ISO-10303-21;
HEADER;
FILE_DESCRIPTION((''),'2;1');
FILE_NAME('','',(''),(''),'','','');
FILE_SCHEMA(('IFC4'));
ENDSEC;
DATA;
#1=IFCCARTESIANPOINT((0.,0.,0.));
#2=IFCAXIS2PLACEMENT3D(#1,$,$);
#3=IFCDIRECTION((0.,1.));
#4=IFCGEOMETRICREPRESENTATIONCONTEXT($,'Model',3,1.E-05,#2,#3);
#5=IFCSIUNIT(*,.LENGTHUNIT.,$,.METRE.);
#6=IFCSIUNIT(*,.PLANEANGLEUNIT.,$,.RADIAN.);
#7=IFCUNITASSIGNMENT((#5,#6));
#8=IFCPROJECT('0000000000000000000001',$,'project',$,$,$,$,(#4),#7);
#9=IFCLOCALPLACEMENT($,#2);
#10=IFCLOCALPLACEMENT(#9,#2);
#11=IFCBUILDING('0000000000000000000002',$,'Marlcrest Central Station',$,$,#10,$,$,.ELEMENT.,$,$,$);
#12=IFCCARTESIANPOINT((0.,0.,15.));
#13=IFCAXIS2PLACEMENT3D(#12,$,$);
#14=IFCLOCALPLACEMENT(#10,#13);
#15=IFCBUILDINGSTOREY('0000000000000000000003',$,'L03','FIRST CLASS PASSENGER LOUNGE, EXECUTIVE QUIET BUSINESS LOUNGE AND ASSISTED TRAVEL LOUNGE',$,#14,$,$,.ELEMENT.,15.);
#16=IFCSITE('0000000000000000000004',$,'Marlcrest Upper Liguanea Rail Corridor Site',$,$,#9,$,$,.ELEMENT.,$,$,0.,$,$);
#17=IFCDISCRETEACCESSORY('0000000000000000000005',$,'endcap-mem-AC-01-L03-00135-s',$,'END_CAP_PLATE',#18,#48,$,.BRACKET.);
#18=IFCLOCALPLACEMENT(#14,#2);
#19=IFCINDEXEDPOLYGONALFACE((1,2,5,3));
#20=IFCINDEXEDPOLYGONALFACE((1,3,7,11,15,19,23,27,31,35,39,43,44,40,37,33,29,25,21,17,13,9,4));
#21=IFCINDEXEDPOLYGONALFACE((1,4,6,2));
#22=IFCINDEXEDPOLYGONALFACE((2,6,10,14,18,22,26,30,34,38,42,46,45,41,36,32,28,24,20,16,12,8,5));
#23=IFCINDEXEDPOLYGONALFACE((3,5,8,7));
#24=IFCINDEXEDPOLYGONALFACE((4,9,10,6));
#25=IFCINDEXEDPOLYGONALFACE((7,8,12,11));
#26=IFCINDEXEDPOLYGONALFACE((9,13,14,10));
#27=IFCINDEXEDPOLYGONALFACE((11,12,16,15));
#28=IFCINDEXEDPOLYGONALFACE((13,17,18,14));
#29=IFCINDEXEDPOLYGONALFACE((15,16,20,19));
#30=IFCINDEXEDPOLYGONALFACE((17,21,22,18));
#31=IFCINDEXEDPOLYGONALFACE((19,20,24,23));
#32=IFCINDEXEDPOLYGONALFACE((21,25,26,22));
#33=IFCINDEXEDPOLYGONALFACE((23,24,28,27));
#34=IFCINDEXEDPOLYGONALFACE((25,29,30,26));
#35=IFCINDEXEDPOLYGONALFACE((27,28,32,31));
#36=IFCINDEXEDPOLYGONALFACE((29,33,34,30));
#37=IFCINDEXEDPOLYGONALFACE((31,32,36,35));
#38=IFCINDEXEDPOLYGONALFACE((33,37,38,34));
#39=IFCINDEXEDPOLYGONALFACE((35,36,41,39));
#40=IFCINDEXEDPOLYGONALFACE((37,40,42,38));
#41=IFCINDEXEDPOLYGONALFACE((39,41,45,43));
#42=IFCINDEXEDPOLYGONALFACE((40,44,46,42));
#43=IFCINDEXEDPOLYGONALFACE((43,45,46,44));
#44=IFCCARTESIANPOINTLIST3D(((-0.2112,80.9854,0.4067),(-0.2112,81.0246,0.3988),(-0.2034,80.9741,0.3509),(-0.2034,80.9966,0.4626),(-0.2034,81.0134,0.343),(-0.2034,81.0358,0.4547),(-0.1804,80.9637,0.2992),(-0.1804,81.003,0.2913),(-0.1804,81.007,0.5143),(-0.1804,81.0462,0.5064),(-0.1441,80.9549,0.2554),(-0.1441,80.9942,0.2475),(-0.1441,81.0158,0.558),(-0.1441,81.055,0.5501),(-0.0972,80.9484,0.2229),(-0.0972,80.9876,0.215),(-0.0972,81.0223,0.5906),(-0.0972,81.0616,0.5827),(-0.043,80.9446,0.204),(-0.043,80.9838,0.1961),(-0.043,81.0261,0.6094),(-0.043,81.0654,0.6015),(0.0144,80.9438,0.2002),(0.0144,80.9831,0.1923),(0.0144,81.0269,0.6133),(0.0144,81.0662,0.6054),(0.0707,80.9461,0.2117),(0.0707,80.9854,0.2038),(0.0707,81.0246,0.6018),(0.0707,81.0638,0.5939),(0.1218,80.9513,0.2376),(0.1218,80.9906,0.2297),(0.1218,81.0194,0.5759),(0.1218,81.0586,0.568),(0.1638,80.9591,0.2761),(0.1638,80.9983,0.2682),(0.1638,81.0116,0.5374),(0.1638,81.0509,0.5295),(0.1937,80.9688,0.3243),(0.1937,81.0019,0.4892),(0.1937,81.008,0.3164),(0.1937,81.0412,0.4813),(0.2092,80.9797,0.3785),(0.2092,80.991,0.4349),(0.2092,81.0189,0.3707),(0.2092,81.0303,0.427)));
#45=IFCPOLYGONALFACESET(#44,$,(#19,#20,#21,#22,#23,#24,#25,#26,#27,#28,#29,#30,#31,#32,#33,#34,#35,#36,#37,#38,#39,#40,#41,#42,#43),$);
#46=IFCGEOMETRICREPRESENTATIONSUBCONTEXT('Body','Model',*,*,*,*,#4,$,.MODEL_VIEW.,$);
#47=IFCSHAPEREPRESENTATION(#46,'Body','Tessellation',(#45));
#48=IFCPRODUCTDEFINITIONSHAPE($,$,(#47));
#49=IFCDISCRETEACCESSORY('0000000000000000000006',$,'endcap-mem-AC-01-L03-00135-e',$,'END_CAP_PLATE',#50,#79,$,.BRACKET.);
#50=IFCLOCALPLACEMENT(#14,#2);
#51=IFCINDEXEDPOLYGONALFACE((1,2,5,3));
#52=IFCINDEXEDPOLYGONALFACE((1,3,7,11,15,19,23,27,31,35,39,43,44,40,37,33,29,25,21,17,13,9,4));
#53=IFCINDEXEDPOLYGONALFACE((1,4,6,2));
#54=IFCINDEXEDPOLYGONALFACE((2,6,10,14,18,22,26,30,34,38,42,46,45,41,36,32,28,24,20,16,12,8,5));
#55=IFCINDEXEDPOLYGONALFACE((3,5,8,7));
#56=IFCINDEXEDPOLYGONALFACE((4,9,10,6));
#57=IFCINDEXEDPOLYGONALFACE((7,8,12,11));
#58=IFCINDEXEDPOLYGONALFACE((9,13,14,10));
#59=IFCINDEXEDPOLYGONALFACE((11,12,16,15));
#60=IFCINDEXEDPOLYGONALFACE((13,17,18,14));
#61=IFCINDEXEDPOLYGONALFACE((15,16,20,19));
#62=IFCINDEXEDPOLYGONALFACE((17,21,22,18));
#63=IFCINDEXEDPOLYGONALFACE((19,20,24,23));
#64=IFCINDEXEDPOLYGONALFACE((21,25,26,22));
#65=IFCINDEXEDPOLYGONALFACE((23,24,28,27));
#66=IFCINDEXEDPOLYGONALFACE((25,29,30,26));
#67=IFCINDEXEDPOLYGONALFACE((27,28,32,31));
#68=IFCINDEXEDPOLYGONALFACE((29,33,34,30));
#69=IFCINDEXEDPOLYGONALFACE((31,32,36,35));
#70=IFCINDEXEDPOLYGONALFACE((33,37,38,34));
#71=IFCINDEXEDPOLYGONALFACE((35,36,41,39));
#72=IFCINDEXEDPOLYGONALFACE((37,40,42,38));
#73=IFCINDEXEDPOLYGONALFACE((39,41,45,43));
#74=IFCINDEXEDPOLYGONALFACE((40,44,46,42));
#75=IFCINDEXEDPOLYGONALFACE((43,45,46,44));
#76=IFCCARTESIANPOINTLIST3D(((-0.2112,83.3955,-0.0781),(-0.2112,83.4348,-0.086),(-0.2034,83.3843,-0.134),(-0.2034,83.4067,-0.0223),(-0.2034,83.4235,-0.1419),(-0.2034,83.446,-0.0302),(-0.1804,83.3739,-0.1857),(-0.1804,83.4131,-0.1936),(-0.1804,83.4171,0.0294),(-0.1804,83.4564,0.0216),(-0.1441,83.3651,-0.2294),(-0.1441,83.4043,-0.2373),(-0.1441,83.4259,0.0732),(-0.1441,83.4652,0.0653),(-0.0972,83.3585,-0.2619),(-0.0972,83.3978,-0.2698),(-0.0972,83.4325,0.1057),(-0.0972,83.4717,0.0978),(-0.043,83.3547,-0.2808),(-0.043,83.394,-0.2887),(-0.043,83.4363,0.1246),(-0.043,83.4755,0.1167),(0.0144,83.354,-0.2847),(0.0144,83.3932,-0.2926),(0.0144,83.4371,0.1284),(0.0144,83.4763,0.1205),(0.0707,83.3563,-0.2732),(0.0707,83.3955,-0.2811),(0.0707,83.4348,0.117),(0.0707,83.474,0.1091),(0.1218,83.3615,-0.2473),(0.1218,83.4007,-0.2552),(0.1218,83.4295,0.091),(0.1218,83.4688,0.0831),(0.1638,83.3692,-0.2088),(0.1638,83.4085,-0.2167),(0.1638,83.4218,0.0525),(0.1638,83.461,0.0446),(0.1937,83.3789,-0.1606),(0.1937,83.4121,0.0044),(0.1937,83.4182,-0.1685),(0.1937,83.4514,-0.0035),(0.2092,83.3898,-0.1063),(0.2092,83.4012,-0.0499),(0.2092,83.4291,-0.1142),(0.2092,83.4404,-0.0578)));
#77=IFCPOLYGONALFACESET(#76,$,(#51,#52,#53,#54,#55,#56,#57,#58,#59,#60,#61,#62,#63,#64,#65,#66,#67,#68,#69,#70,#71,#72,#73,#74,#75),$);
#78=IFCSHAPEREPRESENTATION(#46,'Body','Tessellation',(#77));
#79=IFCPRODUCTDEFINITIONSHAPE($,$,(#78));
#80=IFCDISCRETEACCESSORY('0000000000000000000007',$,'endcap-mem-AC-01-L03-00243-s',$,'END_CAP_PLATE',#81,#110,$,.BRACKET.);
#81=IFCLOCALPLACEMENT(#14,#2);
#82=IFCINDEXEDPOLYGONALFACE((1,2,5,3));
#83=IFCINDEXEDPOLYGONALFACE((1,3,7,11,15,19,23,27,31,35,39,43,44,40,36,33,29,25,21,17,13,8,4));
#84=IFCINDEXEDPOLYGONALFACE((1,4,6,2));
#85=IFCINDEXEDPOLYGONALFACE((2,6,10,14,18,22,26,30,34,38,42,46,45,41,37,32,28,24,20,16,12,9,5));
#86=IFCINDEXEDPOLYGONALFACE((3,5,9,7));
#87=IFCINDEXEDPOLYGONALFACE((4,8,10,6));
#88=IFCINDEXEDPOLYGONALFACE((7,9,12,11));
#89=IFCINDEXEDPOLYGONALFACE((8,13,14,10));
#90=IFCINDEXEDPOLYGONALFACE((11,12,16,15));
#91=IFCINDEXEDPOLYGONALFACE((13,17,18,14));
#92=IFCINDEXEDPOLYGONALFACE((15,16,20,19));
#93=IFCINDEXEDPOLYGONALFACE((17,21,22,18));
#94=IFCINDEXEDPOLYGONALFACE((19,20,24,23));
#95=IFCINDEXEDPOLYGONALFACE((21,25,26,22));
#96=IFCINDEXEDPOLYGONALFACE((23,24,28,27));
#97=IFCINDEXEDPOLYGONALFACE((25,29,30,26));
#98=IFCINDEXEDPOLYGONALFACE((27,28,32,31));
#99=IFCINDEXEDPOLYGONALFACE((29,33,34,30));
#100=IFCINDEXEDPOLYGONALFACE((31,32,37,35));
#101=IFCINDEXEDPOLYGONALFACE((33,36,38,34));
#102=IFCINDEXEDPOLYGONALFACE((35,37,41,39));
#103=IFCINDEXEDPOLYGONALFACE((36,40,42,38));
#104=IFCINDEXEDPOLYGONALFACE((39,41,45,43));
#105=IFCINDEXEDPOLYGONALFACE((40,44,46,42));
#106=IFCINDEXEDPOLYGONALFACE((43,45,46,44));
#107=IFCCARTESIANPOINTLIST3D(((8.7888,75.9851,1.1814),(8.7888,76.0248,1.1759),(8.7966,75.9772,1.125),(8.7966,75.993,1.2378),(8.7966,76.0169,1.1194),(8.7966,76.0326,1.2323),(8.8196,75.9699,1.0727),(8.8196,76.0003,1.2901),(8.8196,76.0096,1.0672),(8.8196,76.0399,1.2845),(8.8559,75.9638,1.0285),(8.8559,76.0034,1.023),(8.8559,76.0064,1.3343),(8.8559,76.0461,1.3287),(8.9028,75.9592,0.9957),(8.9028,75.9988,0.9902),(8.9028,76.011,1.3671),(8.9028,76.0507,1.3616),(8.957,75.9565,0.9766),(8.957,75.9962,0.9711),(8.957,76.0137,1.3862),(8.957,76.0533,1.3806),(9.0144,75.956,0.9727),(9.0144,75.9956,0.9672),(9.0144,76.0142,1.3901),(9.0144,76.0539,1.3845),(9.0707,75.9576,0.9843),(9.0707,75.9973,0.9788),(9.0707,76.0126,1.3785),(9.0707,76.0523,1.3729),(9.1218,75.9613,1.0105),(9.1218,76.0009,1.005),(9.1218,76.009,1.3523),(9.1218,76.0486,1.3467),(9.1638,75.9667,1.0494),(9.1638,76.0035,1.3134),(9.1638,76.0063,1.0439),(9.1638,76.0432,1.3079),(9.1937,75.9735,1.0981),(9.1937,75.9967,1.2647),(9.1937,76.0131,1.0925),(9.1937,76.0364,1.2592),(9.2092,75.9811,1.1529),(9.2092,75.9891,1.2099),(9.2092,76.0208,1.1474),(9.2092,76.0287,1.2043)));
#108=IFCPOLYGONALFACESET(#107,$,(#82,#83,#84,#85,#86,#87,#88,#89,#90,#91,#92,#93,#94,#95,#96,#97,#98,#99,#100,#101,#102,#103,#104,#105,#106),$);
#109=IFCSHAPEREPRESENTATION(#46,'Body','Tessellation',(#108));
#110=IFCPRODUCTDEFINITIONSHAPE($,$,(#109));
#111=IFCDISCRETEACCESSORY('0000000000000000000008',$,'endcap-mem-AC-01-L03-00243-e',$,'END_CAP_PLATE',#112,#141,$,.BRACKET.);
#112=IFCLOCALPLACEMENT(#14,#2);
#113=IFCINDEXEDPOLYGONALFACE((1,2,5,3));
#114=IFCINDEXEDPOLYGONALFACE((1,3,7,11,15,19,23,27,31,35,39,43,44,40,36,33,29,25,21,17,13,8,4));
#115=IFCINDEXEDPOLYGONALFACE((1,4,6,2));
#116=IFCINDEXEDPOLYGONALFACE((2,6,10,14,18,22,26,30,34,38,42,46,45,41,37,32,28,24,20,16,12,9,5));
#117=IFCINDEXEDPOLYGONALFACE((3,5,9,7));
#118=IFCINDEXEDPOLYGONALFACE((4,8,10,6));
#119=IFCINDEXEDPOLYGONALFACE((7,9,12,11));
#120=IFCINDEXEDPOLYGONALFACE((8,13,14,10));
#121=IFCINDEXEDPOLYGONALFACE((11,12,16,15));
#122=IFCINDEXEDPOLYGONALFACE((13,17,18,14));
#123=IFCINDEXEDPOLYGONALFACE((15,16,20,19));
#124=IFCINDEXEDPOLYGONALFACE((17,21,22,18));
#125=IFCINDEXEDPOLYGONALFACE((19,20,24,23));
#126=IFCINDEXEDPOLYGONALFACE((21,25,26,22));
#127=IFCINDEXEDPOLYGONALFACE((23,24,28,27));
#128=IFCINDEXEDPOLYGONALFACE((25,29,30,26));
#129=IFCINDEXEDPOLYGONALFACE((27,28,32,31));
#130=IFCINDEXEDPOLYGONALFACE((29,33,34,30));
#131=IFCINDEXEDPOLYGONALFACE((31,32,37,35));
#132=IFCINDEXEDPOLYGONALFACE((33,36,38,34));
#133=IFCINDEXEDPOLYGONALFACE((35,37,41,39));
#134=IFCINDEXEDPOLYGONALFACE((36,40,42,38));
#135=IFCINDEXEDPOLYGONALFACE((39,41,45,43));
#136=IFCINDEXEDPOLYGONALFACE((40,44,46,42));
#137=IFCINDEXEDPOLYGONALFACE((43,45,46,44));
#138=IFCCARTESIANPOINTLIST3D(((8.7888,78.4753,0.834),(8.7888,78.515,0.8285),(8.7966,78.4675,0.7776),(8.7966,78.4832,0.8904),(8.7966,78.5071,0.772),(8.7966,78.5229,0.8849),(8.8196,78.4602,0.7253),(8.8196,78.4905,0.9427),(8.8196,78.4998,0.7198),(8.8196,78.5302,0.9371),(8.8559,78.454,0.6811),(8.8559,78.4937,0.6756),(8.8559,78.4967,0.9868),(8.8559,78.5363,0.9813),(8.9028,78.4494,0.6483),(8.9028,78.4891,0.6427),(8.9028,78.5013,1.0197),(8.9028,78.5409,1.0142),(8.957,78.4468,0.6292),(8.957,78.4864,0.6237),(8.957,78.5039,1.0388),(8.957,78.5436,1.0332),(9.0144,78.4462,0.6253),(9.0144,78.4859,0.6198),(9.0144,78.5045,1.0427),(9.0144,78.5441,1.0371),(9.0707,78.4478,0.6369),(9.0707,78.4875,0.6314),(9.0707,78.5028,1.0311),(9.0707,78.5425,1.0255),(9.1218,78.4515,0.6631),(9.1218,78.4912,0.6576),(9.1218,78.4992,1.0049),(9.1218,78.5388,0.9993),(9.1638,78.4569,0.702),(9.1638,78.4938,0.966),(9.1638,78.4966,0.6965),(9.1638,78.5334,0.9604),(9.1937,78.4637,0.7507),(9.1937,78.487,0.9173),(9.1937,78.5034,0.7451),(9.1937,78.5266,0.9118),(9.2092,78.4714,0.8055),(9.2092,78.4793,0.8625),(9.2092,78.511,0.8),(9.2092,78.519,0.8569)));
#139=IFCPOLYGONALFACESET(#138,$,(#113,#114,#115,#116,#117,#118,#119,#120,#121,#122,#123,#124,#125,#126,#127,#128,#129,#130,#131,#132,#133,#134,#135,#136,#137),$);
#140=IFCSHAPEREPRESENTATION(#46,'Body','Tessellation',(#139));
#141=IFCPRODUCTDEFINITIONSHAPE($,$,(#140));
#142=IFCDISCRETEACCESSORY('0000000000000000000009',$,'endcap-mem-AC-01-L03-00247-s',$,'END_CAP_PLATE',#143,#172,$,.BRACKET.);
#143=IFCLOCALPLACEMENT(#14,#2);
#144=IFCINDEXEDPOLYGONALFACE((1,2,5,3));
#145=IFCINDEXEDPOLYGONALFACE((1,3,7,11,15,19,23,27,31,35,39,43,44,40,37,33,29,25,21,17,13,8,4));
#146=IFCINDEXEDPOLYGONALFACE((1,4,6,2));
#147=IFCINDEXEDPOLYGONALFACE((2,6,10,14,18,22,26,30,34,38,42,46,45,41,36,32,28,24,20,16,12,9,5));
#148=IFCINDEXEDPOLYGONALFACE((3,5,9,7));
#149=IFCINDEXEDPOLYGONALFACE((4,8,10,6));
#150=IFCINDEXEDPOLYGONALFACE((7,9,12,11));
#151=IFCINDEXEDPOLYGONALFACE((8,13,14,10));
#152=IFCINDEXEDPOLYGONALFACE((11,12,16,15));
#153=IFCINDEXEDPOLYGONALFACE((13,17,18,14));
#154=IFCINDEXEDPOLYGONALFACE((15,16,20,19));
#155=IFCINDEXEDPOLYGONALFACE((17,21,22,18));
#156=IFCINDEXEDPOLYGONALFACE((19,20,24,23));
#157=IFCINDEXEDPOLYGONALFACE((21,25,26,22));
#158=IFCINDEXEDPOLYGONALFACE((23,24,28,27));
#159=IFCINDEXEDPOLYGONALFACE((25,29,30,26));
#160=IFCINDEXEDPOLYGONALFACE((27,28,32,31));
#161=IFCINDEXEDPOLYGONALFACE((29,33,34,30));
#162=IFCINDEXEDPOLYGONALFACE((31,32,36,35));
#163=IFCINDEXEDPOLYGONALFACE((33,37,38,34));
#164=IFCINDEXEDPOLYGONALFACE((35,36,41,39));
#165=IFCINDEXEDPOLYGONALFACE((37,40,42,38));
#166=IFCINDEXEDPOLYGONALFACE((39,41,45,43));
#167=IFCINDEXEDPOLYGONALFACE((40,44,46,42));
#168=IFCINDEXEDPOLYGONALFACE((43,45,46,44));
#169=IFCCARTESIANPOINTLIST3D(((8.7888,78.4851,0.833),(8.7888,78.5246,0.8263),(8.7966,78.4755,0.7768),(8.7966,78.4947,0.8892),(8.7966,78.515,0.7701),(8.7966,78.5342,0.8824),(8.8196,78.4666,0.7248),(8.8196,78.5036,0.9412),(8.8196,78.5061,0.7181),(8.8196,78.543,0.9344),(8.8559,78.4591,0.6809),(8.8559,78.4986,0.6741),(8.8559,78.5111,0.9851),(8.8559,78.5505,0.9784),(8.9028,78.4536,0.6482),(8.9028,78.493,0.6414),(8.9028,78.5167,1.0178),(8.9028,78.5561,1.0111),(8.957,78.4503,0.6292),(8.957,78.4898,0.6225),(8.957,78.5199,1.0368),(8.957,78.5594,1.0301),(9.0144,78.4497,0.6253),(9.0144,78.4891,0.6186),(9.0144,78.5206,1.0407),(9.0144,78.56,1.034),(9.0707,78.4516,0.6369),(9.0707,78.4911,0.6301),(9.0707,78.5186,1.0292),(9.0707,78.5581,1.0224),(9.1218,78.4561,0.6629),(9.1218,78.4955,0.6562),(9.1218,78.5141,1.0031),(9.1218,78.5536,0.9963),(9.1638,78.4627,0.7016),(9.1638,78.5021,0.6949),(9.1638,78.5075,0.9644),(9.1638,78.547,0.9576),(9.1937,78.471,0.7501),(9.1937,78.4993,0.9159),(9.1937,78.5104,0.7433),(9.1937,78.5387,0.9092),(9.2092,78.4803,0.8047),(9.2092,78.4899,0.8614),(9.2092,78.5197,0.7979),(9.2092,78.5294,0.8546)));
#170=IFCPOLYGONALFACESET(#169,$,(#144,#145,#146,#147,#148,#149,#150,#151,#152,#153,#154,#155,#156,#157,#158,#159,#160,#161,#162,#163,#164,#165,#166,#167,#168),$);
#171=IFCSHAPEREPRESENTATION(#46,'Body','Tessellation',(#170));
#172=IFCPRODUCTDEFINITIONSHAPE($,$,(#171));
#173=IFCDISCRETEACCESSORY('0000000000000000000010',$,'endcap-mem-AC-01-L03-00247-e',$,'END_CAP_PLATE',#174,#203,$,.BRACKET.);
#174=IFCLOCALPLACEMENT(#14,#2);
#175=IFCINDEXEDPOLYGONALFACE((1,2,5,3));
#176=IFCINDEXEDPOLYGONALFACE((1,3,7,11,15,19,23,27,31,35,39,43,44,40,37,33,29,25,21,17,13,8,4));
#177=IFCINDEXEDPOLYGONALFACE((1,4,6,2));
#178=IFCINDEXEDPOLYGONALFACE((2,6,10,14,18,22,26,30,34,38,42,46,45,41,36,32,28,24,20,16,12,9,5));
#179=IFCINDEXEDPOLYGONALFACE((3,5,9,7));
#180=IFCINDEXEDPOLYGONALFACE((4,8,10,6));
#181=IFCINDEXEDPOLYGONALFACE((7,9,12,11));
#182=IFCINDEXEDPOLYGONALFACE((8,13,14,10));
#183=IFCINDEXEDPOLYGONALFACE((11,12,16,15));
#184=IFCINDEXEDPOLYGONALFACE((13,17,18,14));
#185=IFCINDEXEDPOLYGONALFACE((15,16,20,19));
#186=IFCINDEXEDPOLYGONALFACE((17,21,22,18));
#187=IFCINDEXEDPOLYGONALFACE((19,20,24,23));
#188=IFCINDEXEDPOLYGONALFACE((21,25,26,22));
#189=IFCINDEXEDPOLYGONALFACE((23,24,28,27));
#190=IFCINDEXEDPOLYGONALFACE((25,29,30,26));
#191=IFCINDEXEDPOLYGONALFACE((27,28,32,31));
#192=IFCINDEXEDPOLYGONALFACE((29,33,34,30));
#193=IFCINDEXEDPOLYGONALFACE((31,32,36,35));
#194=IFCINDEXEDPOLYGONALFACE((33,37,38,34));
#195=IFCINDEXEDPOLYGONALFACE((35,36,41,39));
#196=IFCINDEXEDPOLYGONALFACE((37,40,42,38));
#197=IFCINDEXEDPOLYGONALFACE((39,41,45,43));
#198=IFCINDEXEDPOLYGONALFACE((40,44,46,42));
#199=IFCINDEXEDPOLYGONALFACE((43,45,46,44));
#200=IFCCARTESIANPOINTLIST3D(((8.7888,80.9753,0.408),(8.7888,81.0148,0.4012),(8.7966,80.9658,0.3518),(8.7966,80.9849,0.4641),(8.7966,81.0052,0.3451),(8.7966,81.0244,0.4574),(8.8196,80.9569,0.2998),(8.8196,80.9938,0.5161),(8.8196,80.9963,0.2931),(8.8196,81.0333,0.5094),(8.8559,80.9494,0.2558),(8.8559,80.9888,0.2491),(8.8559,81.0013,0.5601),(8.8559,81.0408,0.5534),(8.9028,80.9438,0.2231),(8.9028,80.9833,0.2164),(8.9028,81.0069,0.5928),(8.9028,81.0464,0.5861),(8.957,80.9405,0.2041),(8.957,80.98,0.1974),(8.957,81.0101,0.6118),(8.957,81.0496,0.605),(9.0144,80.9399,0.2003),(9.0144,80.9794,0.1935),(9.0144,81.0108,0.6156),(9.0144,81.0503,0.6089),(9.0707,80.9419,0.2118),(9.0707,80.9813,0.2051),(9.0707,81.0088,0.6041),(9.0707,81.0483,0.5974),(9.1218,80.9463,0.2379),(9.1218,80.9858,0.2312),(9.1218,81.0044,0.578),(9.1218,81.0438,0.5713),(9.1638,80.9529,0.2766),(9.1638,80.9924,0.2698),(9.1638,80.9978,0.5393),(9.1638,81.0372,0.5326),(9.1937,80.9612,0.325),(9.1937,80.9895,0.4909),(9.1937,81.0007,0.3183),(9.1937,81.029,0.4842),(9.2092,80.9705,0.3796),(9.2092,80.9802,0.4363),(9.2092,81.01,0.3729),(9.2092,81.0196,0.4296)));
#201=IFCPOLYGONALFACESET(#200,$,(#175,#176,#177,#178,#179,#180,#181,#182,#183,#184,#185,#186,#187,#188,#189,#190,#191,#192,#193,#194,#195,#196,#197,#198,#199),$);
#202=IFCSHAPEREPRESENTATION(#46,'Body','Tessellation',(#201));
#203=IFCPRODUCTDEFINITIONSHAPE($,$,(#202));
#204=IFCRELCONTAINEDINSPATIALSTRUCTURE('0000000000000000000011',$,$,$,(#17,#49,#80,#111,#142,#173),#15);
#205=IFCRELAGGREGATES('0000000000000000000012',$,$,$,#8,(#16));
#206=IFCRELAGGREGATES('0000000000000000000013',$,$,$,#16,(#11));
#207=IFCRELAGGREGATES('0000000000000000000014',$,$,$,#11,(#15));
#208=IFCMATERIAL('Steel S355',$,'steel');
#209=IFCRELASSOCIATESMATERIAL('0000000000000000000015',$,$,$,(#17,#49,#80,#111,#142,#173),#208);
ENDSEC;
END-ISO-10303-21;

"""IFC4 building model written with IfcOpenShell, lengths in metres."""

from ifc_helpers import new_model, si_unit, direction, frame, origin, origin_2d, place, context, subcontext, project, spatial, circle, extrude, material, element, save


model = new_model("IFC4")

# Units and contexts
model_context = context("Model", 3, precision=1e-05, world=origin(), true_north=direction((0.0, 1.0)))
body_context = subcontext(model_context, "Body", "Model", "MODEL_VIEW")
ifc_project = project(units=[si_unit("LENGTHUNIT", "METRE"), si_unit("PLANEANGLEUNIT", "RADIAN")], contexts=[model_context])

# Site, building, storey
site_placement = place(None, origin())
site = spatial("IfcSite", under=ifc_project, at=site_placement, Name="Marlcrest Upper Liguanea Rail Corridor Site", CompositionType="ELEMENT", RefElevation=0.0)
building_placement = place(site_placement, origin())
building = spatial("IfcBuilding", under=site, at=building_placement, Name="Marlcrest Central Station", CompositionType="ELEMENT")
storey_placement = place(building_placement, frame((0.0, 0.0, 15.0)))
storey = spatial("IfcBuildingStorey", under=building, at=storey_placement, Name="L03", Description="FIRST CLASS PASSENGER LOUNGE, EXECUTIVE QUIET BUSINESS LOUNGE AND ASSISTED TRAVEL LOUNGE", CompositionType="ELEMENT", Elevation=15.0)

# Shared definitions
ifc_material_1 = material(Name="Steel S355", Category="steel")

# Discrete accessories
for number, where, z_axis, x_axis, name in (
    (1, (0.0, 80.9854, 0.4067), (0.0, 0.980359, -0.197219), (-1.0, 0.0, 0.0), "endcap-mem-AC-01-L03-00135-s"),
    (2, (0.0, 83.3955, -0.0781), (0.0, 0.980359, -0.197219), (-1.0, 0.0, 0.0), "endcap-mem-AC-01-L03-00135-e"),
    (3, (9.0, 75.9851, 1.1814), (0.0, 0.990403, -0.138211), (-1.0, 0.0, 0.0), "endcap-mem-AC-01-L03-00243-s"),
    (4, (9.0, 78.4753, 0.834), (0.0, 0.990403, -0.138211), (-1.0, 0.0, 0.0), "endcap-mem-AC-01-L03-00243-e"),
    (5, (9.0, 78.4851, 0.833), (0.0, 0.985741, -0.168269), (-1.0, 0.0, 0.0), "endcap-mem-AC-01-L03-00247-s"),
    (6, (9.0, 80.9753, 0.408), (0.0, 0.985741, -0.168269), (-1.0, 0.0, 0.0), "endcap-mem-AC-01-L03-00247-e"),
):
    element("IfcDiscreteAccessory", number, at=place(storey_placement, frame(where, z_axis=z_axis, x_axis=x_axis)), inside=storey, material=ifc_material_1, Name=name, ObjectType="END_CAP_PLATE", PredefinedType="BRACKET", context=body_context, shape_type="SweptSolid", body=[
        extrude(circle(Radius=0.2112, at=origin_2d()), origin(), (0.0, 0.0, 1.0), 0.04),
    ])

save(model, "model.ifc")
